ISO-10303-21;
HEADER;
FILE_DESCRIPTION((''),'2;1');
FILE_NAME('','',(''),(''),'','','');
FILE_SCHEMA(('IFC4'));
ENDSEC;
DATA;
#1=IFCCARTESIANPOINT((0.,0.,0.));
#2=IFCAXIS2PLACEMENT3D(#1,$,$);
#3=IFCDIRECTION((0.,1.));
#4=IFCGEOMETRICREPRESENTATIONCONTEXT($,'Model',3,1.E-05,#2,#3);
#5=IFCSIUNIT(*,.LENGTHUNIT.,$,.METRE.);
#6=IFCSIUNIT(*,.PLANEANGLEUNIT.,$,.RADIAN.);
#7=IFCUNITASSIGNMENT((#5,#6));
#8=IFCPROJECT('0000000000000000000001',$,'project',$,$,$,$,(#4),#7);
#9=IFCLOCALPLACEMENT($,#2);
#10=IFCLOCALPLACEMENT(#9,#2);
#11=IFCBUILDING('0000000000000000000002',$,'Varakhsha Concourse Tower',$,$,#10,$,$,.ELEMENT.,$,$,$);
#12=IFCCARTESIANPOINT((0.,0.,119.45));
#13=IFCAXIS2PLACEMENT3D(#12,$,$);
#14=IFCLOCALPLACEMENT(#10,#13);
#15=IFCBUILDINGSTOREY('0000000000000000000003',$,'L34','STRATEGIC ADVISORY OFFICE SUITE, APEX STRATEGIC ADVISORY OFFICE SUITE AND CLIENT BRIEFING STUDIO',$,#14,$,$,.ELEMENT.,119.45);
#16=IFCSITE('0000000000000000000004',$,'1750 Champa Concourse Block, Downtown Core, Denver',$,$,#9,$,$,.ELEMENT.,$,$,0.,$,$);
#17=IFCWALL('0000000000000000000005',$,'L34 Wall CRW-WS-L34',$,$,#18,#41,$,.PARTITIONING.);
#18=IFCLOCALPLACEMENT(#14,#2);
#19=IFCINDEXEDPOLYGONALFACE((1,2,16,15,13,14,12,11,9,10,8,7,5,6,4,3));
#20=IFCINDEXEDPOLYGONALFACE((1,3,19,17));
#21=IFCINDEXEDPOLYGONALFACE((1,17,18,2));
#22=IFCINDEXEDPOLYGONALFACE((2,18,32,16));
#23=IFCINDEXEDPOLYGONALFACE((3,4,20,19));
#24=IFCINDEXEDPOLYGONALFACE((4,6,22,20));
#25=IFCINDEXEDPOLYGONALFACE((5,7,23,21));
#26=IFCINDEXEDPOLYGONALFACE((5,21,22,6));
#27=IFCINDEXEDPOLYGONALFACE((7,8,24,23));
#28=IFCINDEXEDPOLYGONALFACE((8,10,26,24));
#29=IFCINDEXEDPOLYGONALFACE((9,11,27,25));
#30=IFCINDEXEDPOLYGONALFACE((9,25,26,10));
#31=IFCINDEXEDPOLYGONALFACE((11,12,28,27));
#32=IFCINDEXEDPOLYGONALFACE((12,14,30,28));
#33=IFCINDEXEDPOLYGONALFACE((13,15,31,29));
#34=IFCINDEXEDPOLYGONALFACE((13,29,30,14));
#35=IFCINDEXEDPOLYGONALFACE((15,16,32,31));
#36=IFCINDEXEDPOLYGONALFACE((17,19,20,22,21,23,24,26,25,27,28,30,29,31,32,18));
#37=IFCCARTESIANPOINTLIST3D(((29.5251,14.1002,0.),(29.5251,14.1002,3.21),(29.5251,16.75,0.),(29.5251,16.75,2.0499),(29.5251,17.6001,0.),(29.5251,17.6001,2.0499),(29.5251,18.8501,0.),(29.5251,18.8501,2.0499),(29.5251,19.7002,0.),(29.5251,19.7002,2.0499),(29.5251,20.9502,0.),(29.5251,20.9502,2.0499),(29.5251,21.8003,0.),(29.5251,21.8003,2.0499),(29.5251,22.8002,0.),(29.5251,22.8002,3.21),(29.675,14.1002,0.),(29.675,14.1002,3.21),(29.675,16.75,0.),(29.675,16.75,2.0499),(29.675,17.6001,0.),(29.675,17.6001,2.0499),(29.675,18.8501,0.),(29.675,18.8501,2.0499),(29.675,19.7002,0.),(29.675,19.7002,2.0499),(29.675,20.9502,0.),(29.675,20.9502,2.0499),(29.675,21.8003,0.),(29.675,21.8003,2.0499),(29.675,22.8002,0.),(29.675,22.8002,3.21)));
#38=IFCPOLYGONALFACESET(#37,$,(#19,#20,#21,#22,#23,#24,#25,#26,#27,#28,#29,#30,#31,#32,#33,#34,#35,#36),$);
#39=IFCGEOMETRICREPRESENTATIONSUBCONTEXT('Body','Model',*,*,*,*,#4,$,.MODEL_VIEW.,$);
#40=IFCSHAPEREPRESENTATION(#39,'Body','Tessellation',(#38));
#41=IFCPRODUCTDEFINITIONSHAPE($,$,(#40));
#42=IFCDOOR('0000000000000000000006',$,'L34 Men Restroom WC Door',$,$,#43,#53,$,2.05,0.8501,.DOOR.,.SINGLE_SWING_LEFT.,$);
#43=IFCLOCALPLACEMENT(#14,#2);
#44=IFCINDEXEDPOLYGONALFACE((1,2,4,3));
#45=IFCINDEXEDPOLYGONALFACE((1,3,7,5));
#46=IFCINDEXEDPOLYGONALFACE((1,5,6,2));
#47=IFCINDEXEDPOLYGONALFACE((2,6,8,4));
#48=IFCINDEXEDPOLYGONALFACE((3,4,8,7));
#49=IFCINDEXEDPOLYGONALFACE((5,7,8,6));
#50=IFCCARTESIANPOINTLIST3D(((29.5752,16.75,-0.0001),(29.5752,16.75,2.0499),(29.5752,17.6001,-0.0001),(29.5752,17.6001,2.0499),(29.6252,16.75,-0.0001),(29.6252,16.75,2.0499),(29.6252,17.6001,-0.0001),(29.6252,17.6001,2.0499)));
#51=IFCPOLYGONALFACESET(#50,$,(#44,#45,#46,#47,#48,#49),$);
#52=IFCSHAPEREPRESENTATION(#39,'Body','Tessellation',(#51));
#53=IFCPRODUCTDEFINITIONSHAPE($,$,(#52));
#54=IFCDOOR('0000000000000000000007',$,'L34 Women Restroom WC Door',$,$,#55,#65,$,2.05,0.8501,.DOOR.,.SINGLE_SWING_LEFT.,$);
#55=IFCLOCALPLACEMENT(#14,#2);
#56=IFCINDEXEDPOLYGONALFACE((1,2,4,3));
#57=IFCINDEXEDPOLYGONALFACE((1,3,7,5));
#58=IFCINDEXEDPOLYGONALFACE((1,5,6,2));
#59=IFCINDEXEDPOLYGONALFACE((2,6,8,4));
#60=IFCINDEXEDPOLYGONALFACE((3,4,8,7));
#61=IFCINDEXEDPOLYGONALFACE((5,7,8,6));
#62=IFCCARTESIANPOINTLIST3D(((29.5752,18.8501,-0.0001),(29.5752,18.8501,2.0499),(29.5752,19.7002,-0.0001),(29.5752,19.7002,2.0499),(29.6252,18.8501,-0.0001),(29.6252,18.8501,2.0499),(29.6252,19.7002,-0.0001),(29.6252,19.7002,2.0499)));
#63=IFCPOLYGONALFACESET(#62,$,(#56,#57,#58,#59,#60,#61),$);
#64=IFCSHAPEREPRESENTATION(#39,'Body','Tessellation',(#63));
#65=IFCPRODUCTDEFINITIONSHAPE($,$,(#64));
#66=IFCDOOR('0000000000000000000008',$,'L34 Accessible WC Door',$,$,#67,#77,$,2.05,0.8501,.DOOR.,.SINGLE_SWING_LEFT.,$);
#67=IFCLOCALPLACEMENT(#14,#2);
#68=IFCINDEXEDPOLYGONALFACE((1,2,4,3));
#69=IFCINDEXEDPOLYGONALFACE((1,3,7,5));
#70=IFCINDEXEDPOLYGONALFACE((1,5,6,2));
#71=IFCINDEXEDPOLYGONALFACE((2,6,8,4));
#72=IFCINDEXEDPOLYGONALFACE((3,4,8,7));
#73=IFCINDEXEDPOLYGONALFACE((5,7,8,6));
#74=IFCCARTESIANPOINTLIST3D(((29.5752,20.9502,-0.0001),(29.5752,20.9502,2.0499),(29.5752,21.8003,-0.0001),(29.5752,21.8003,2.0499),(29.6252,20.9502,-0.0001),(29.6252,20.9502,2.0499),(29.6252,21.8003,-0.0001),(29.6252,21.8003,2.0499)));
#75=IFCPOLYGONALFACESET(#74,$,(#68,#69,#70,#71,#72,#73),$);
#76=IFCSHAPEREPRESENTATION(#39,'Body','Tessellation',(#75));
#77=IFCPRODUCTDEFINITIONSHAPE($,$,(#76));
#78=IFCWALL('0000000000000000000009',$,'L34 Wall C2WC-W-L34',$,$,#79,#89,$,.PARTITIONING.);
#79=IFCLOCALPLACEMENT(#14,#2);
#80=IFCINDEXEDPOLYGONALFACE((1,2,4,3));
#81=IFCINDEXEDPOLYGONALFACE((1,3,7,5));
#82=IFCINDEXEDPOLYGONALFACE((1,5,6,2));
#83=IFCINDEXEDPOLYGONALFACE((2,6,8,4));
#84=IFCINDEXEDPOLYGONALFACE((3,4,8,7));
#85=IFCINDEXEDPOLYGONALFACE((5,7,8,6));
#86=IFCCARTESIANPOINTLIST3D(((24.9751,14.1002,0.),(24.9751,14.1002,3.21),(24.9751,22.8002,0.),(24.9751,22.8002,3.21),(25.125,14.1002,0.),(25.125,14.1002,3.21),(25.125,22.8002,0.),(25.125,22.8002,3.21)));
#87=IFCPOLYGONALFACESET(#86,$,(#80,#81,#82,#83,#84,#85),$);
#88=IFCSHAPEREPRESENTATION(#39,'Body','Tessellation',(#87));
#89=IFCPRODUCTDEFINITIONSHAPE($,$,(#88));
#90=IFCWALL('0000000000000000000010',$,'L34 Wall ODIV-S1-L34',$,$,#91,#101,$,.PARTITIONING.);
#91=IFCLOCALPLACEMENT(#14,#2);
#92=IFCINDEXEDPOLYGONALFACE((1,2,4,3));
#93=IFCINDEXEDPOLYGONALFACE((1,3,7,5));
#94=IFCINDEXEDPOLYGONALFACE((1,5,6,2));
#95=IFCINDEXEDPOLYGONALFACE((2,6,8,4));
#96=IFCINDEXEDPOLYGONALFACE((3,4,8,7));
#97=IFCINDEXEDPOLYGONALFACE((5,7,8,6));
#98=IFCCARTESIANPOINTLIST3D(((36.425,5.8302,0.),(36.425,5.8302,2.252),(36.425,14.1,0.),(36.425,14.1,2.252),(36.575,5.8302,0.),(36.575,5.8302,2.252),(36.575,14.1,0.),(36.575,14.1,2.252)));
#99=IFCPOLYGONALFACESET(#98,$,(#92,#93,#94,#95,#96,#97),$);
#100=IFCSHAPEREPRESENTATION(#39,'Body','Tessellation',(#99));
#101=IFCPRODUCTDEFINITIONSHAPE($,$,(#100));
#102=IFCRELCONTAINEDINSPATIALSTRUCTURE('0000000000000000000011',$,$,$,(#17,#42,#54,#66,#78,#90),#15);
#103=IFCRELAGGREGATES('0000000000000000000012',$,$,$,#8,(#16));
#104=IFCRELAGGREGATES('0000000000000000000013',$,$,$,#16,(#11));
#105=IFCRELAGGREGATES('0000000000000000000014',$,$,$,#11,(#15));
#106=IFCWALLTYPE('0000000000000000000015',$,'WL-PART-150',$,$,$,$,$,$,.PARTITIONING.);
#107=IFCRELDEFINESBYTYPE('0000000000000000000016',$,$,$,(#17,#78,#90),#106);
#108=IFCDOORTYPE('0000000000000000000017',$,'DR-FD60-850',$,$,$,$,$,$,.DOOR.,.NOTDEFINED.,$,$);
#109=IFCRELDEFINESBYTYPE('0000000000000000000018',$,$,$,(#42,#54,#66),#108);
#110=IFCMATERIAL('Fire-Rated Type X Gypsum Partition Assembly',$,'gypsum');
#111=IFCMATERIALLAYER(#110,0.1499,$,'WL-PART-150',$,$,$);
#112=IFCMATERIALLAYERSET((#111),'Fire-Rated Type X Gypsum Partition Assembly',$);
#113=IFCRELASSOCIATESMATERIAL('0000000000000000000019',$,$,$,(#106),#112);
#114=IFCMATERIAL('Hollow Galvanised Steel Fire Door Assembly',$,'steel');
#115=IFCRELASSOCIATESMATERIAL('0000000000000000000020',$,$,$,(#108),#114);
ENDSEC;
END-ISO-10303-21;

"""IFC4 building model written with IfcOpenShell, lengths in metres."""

from ifc_helpers import new_model, si_unit, direction, frame, frame_2d, origin, place, context, subcontext, project, spatial, rectangle, extrude, material, layer, layer_set, type_object, element, fill, save


model = new_model("IFC4")

# Units and contexts
model_context = context("Model", 3, precision=1e-05, world=origin(), true_north=direction((0.0, 1.0)))
body_context = subcontext(model_context, "Body", "Model", "MODEL_VIEW")
ifc_project = project(units=[si_unit("LENGTHUNIT", "METRE"), si_unit("PLANEANGLEUNIT", "RADIAN")], contexts=[model_context])

# Site, building, storey
site_placement = place(None, origin())
site = spatial("IfcSite", under=ifc_project, at=site_placement, Name="1750 Champa Concourse Block, Downtown Core, Denver", CompositionType="ELEMENT", RefElevation=0.0)
building_placement = place(site_placement, origin())
building = spatial("IfcBuilding", under=site, at=building_placement, Name="Varakhsha Concourse Tower", CompositionType="ELEMENT")
storey_placement = place(building_placement, frame((0.0, 0.0, 119.45)))
storey = spatial("IfcBuildingStorey", under=building, at=storey_placement, Name="L34", Description="STRATEGIC ADVISORY OFFICE SUITE, APEX STRATEGIC ADVISORY OFFICE SUITE AND CLIENT BRIEFING STUDIO", CompositionType="ELEMENT", Elevation=119.45)

# Wall, openings, doors
ifc_material_1 = material(Name="Fire-Rated Type X Gypsum Partition Assembly", Category="gypsum")
ifc_layer_1 = layer(ifc_material_1, 0.1499, Name="WL-PART-150")
ifc_layer_set_1 = layer_set([ifc_layer_1], Name="Fire-Rated Type X Gypsum Partition Assembly")
wall_type = type_object("IfcWallType", Name="WL-PART-150", PredefinedType="PARTITIONING", material=ifc_layer_set_1)
ifc_material_2 = material(Name="Hollow Galvanised Steel Fire Door Assembly", Category="steel")
wall_1_placement = place(storey_placement, frame((29.6001, 14.1001, 0.0), z_axis=(0.0, 0.0, 1.0), x_axis=(0.0, 1.0, 0.0)))
wall_1 = element("IfcWall", 1, at=wall_1_placement, inside=storey, type_object=wall_type, Name="L34 Wall CRW-WS-L34", PredefinedType="PARTITIONING", context=body_context, shape_type="SweptSolid", body=[
    extrude(rectangle(XDim=8.7, YDim=0.1499, at=frame_2d((4.3501, 0.0))), origin(), (0.0, 0.0, 1.0), 3.21),
])
opening_1_placement = place(wall_1_placement, frame((2.6499, 0.0, 0.0)))
opening_1 = element("IfcOpeningElement", 2, at=opening_1_placement, cuts=wall_1, PredefinedType="OPENING", context=body_context, shape_type="SweptSolid", body=[
    extrude(rectangle(XDim=0.8501, YDim=2.05, at=frame_2d((0.425, 1.0249))), frame((0.0, 0.085, 0.0), z_axis=(0.0, -1.0, 0.0), x_axis=(1.0, 0.0, 0.0)), (0.0, 0.0, 1.0), 0.1699),
])
opening_2_placement = place(wall_1_placement, frame((4.75, 0.0, 0.0)))
opening_2 = element("IfcOpeningElement", 3, at=opening_2_placement, cuts=wall_1, PredefinedType="OPENING", context=body_context, shape_type="SweptSolid", body=[
    extrude(rectangle(XDim=0.8501, YDim=2.05, at=frame_2d((0.425, 1.0249))), frame((0.0, 0.085, 0.0), z_axis=(0.0, -1.0, 0.0), x_axis=(1.0, 0.0, 0.0)), (0.0, 0.0, 1.0), 0.1699),
])
opening_3_placement = place(wall_1_placement, frame((6.8501, 0.0, 0.0)))
opening_3 = element("IfcOpeningElement", 4, at=opening_3_placement, cuts=wall_1, PredefinedType="OPENING", context=body_context, shape_type="SweptSolid", body=[
    extrude(rectangle(XDim=0.8501, YDim=2.05, at=frame_2d((0.425, 1.0249))), frame((0.0, 0.085, 0.0), z_axis=(0.0, -1.0, 0.0), x_axis=(1.0, 0.0, 0.0)), (0.0, 0.0, 1.0), 0.1699),
])
door_type_1 = type_object("IfcDoorType", Name="DR-FD60-850", OperationType="NOTDEFINED", PredefinedType="DOOR", material=ifc_material_2)
door_1_placement = place(opening_1_placement, origin())
door_1 = element("IfcDoor", 5, at=door_1_placement, inside=storey, type_object=door_type_1, Name="L34 Men Restroom WC Door", OperationType="SINGLE_SWING_LEFT", OverallHeight=2.05, OverallWidth=0.8501, PredefinedType="DOOR", context=body_context, shape_type="SweptSolid", body=[
    extrude(rectangle(XDim=0.8501, YDim=2.05, at=frame_2d((0.425, 1.0249))), frame((0.0, 0.0249, 0.0), z_axis=(0.0, -1.0, 0.0), x_axis=(1.0, 0.0, 0.0)), (0.0, 0.0, 1.0), 0.05),
])
fill(opening_1, door_1)
door_2_placement = place(opening_2_placement, origin())
door_2 = element("IfcDoor", 6, at=door_2_placement, inside=storey, type_object=door_type_1, Name="L34 Women Restroom WC Door", OperationType="SINGLE_SWING_LEFT", OverallHeight=2.05, OverallWidth=0.8501, PredefinedType="DOOR", context=body_context, shape_type="SweptSolid", body=[
    extrude(rectangle(XDim=0.8501, YDim=2.05, at=frame_2d((0.425, 1.0249))), frame((0.0, 0.0249, 0.0), z_axis=(0.0, -1.0, 0.0), x_axis=(1.0, 0.0, 0.0)), (0.0, 0.0, 1.0), 0.05),
])
fill(opening_2, door_2)
door_3_placement = place(opening_3_placement, origin())
door_3 = element("IfcDoor", 7, at=door_3_placement, inside=storey, type_object=door_type_1, Name="L34 Accessible WC Door", OperationType="SINGLE_SWING_LEFT", OverallHeight=2.05, OverallWidth=0.8501, PredefinedType="DOOR", context=body_context, shape_type="SweptSolid", body=[
    extrude(rectangle(XDim=0.8501, YDim=2.05, at=frame_2d((0.425, 1.0249))), frame((0.0, 0.0249, 0.0), z_axis=(0.0, -1.0, 0.0), x_axis=(1.0, 0.0, 0.0)), (0.0, 0.0, 1.0), 0.05),
])
fill(opening_3, door_3)

# Walls
wall_2_placement = place(storey_placement, frame((25.05, 14.1001, 0.0), z_axis=(0.0, 0.0, 1.0), x_axis=(0.0, 1.0, 0.0)))
element("IfcWall", 8, at=wall_2_placement, inside=storey, type_object=wall_type, Name="L34 Wall C2WC-W-L34", PredefinedType="PARTITIONING", context=body_context, shape_type="SweptSolid", body=[
    extrude(rectangle(XDim=8.7, YDim=0.1499, at=frame_2d((4.3501, 0.0))), origin(), (0.0, 0.0, 1.0), 3.21),
])
wall_3_placement = place(storey_placement, frame((36.5, 5.8303, 0.0), z_axis=(0.0, 0.0, 1.0), x_axis=(0.0, 1.0, 0.0)))
element("IfcWall", 9, at=wall_3_placement, inside=storey, type_object=wall_type, Name="L34 Wall ODIV-S1-L34", PredefinedType="PARTITIONING", context=body_context, shape_type="SweptSolid", body=[
    extrude(rectangle(XDim=8.2698, YDim=0.1499, at=frame_2d((4.1348, 0.0))), origin(), (0.0, 0.0, 1.0), 2.252),
])

save(model, "model.ifc")
